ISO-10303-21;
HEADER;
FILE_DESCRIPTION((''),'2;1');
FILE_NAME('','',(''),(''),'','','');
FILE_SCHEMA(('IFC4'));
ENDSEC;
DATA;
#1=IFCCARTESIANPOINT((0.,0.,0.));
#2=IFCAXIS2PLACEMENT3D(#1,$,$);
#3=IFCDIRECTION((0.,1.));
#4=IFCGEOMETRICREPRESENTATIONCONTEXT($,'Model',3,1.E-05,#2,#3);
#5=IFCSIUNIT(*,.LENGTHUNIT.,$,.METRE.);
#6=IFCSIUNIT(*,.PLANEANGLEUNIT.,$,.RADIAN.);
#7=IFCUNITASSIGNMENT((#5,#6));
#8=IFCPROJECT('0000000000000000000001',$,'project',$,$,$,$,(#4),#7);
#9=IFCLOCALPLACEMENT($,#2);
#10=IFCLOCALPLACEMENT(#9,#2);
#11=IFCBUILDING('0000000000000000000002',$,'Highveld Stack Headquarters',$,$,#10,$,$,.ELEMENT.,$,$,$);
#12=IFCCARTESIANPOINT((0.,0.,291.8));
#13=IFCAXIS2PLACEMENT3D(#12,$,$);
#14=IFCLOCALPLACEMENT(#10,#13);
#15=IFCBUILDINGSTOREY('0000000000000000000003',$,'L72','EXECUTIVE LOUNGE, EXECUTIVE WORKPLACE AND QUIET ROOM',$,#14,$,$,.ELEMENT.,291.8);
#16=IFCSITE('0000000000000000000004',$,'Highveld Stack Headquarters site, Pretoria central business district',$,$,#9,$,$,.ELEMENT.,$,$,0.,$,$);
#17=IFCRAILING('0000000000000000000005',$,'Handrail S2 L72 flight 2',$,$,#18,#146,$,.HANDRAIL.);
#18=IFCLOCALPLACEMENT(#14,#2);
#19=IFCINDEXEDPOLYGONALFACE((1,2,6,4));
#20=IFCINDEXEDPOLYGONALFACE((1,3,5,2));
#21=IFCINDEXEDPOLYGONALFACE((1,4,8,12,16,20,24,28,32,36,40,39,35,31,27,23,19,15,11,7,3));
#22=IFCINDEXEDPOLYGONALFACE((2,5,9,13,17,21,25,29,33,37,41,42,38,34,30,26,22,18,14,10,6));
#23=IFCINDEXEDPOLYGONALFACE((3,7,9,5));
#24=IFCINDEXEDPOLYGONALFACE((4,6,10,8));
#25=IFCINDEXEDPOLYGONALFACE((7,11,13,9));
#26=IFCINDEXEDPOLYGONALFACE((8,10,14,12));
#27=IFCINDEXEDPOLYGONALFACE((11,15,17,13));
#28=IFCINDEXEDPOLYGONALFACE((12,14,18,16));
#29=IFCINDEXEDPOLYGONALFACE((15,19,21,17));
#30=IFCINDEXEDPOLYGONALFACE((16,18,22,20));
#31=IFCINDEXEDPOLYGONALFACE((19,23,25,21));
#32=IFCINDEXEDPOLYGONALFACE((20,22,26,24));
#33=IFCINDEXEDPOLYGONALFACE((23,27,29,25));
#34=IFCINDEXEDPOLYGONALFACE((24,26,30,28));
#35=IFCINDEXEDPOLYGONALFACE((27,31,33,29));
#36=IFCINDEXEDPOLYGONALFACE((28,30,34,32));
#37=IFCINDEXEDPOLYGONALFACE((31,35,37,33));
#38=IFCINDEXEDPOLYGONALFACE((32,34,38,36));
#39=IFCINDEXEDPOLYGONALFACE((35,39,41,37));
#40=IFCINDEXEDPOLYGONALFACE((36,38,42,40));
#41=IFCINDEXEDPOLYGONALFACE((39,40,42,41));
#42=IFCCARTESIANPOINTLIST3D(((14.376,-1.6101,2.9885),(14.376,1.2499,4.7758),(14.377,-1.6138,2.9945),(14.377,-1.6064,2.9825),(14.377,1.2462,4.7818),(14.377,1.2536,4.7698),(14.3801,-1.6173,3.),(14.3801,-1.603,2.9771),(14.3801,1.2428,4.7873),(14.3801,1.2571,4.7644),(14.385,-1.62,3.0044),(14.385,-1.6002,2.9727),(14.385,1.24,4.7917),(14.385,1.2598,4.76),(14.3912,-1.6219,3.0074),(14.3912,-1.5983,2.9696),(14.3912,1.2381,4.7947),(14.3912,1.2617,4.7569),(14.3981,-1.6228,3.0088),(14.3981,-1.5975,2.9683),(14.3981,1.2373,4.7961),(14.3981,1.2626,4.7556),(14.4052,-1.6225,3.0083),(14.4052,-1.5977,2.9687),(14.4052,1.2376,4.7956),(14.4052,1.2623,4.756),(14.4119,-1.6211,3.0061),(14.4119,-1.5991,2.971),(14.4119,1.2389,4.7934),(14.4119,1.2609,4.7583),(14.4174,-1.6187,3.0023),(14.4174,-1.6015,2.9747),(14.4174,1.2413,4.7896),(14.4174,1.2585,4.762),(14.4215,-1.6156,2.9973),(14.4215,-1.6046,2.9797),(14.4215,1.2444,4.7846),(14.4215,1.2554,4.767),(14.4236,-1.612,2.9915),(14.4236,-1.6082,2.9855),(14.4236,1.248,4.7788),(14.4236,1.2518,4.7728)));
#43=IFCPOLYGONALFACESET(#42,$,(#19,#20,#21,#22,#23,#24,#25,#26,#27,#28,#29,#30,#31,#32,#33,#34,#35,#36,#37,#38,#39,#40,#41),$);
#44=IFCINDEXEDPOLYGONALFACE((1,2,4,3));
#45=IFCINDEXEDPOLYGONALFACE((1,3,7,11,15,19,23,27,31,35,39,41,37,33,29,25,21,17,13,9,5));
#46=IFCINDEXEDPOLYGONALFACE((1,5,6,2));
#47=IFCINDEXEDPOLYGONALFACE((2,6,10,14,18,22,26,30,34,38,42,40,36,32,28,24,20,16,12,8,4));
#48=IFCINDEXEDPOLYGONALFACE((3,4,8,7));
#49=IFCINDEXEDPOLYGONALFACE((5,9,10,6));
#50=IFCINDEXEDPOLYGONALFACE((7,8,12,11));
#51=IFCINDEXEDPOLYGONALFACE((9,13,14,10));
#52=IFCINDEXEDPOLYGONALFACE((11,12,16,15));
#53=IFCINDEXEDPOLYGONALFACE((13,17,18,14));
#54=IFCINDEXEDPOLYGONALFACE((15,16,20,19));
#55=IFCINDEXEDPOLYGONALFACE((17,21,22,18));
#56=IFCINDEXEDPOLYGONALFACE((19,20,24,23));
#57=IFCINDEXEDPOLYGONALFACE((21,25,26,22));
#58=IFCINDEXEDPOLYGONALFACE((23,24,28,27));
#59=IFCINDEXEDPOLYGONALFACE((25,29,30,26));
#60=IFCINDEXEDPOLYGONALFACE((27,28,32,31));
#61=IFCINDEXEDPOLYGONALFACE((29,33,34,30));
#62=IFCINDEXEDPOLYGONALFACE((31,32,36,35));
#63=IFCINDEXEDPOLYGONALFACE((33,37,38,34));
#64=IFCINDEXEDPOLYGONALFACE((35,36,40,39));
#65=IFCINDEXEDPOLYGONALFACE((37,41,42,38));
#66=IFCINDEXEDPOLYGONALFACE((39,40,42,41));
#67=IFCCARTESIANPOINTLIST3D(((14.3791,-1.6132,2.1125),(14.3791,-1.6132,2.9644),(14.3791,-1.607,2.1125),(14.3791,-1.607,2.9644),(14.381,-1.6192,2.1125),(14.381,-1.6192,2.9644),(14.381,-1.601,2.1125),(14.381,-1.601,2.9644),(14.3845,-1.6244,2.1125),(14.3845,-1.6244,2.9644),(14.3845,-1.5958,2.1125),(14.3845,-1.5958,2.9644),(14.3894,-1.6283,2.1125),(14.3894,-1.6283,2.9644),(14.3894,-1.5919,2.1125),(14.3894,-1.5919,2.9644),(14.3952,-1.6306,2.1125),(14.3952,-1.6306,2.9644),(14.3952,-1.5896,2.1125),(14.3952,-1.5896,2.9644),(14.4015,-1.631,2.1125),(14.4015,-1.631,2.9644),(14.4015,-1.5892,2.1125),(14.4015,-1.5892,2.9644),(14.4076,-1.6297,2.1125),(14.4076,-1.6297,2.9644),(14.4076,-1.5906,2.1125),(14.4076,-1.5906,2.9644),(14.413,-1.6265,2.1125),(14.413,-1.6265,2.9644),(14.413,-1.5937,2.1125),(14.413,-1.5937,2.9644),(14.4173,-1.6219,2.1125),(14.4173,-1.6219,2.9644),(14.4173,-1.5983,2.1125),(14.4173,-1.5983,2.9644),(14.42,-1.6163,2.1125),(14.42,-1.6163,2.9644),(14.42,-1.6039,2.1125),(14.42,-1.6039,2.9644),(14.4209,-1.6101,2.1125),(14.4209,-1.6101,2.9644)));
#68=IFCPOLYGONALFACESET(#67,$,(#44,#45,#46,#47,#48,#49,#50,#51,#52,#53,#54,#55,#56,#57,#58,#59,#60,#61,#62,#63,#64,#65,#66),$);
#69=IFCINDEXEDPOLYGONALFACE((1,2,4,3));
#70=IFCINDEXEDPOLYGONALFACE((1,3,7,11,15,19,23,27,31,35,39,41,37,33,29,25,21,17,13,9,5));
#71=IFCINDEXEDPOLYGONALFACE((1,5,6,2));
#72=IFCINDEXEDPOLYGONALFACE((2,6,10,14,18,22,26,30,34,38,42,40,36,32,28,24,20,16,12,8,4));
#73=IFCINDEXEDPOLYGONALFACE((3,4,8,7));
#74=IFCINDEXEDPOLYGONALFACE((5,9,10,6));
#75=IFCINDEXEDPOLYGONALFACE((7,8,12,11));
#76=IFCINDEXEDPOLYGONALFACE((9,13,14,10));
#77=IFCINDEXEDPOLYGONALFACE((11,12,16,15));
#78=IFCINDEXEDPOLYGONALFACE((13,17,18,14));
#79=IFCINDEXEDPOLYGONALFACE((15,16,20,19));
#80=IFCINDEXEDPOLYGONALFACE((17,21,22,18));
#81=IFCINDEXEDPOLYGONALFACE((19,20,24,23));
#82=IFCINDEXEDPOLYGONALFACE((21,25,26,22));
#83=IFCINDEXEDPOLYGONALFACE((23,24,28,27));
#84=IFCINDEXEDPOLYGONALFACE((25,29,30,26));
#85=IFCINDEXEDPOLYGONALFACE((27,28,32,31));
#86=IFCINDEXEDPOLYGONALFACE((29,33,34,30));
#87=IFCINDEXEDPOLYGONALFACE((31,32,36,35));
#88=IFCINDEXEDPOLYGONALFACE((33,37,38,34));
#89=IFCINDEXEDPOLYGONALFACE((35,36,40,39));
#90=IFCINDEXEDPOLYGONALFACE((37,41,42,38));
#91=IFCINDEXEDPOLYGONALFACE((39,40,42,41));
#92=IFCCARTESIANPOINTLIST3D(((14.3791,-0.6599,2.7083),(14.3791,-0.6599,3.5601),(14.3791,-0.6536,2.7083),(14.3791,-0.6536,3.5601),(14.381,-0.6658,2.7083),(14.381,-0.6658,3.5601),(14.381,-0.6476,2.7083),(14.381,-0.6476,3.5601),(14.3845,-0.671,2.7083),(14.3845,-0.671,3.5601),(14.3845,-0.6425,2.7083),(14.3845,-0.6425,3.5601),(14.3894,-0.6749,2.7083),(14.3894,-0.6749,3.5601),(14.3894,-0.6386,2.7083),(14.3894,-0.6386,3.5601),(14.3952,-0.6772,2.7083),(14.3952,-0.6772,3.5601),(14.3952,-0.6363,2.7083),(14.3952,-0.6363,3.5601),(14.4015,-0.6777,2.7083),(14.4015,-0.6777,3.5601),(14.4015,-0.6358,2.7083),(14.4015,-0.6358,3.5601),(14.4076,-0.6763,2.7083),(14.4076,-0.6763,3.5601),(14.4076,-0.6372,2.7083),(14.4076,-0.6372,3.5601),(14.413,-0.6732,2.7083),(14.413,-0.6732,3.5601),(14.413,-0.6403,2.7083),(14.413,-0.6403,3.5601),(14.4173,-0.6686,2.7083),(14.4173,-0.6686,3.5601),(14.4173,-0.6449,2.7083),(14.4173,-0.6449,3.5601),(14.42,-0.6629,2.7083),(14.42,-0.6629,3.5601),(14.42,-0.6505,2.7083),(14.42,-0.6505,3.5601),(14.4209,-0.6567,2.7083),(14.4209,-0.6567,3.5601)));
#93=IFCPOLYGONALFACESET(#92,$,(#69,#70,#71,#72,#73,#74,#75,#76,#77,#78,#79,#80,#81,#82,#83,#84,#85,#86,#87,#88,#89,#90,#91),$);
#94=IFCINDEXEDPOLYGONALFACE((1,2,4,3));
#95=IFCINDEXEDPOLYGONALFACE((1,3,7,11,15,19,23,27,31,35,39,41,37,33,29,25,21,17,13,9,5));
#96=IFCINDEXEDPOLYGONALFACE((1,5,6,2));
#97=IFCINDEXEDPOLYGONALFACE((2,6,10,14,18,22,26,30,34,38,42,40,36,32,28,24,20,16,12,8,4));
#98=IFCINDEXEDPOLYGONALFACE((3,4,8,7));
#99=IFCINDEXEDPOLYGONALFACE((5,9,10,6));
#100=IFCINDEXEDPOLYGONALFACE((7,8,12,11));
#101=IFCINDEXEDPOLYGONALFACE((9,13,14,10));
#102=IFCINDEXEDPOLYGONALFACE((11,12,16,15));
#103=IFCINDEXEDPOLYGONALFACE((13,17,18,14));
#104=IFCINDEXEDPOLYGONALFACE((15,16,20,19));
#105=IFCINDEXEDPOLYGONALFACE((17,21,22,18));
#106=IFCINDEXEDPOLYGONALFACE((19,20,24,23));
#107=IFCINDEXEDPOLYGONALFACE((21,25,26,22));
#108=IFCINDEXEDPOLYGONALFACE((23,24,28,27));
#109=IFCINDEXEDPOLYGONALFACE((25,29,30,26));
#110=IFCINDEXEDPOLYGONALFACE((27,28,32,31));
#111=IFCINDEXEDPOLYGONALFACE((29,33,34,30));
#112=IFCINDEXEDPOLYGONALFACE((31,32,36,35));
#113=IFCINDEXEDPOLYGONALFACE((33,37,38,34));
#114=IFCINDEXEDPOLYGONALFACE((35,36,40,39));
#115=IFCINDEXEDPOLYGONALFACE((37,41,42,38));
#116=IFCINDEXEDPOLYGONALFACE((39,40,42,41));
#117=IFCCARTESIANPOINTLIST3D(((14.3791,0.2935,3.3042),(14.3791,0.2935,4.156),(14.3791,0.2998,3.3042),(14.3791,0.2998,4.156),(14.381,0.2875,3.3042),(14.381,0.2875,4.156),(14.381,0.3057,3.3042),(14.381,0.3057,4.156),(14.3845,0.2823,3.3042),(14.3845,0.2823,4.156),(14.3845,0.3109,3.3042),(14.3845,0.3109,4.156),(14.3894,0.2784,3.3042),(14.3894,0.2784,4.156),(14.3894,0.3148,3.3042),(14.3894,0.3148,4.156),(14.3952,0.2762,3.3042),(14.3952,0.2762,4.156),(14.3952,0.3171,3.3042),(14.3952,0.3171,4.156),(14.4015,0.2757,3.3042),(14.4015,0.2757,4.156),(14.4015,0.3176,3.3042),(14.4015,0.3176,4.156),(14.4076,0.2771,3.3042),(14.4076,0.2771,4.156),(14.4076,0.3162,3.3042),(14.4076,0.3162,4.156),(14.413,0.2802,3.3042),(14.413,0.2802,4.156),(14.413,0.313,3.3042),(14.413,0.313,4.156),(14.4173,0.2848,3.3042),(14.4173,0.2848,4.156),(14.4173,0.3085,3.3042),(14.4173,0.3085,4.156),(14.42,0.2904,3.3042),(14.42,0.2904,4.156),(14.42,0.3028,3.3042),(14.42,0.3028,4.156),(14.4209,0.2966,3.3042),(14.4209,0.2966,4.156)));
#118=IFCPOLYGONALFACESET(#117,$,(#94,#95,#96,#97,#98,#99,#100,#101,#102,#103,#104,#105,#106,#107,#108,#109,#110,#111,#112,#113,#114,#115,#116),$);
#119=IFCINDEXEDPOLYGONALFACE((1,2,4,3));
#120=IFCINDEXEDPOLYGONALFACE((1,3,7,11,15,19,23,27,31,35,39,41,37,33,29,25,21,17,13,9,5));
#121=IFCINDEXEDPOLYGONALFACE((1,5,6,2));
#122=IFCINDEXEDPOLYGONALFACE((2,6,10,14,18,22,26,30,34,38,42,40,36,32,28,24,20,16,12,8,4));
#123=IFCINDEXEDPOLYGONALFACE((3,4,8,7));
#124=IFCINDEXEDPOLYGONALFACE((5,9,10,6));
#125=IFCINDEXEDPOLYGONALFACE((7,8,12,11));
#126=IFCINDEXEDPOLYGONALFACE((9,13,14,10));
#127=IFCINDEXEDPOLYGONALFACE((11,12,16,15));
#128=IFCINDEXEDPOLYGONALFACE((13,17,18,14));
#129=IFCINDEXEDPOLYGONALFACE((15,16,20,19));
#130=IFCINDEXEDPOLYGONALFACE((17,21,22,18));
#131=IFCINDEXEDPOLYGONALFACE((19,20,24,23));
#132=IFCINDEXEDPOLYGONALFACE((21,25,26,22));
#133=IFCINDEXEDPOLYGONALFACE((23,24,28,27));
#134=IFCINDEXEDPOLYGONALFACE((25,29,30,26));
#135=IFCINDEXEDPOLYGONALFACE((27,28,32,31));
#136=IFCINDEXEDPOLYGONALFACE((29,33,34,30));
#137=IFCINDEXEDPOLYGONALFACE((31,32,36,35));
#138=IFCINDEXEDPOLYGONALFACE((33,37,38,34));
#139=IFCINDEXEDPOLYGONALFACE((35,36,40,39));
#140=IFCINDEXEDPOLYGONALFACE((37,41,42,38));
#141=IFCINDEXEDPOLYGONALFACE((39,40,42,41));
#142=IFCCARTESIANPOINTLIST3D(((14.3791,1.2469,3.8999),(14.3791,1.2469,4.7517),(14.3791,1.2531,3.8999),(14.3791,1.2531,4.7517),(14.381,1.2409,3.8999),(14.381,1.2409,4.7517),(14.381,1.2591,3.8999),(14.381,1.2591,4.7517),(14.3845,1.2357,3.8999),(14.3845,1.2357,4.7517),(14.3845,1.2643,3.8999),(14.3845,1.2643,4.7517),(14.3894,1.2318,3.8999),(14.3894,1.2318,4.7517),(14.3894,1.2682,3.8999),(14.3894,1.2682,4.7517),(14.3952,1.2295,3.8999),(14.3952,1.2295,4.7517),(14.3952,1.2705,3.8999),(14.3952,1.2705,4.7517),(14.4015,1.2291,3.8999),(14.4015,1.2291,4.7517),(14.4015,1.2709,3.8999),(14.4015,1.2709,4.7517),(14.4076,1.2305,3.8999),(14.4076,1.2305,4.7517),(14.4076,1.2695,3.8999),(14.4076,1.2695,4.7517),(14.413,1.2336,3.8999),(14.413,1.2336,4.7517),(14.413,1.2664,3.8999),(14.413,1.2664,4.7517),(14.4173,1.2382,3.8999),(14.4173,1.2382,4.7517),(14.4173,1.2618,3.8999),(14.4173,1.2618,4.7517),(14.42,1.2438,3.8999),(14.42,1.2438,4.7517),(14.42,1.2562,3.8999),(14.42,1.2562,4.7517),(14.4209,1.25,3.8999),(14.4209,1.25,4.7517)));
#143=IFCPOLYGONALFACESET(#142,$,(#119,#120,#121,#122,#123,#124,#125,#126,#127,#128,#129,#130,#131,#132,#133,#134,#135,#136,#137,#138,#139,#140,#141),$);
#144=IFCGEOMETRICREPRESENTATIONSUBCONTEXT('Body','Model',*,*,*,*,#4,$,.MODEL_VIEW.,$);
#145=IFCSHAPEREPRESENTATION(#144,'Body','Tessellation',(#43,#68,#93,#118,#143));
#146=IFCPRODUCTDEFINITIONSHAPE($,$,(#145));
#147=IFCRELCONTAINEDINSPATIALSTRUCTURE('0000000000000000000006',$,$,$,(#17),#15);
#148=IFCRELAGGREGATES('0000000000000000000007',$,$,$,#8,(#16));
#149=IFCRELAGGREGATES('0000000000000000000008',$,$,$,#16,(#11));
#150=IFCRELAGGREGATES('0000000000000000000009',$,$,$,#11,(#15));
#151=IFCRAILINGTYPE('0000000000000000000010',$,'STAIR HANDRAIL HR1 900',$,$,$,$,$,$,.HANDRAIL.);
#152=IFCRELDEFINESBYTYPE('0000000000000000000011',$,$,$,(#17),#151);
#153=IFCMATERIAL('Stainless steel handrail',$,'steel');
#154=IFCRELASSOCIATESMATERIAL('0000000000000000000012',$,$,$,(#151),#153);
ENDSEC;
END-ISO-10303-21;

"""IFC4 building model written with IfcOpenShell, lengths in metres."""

from ifc_helpers import new_model, si_unit, direction, frame, origin, origin_2d, place, context, subcontext, project, spatial, circle, extrude, material, type_object, element, save


model = new_model("IFC4")

# Units and contexts
model_context = context("Model", 3, precision=1e-05, world=origin(), true_north=direction((0.0, 1.0)))
body_context = subcontext(model_context, "Body", "Model", "MODEL_VIEW")
ifc_project = project(units=[si_unit("LENGTHUNIT", "METRE"), si_unit("PLANEANGLEUNIT", "RADIAN")], contexts=[model_context])

# Site, building, storey
site_placement = place(None, origin())
site = spatial("IfcSite", under=ifc_project, at=site_placement, Name="Highveld Stack Headquarters site, Pretoria central business district", CompositionType="ELEMENT", RefElevation=0.0)
building_placement = place(site_placement, origin())
building = spatial("IfcBuilding", under=site, at=building_placement, Name="Highveld Stack Headquarters", CompositionType="ELEMENT")
storey_placement = place(building_placement, frame((0.0, 0.0, 291.8)))
storey = spatial("IfcBuildingStorey", under=building, at=storey_placement, Name="L72", Description="EXECUTIVE LOUNGE, EXECUTIVE WORKPLACE AND QUIET ROOM", CompositionType="ELEMENT", Elevation=291.8)

# Railing
ifc_material_1 = material(Name="Stainless steel handrail", Category="steel")
railing_type = type_object("IfcRailingType", Name="STAIR HANDRAIL HR1 900", PredefinedType="HANDRAIL", material=ifc_material_1)
railing_placement = place(storey_placement, frame((14.3999, -1.6101, 2.1125)))
element("IfcRailing", 1, at=railing_placement, inside=storey, type_object=railing_type, Name="Handrail S2 L72 flight 2", PredefinedType="HANDRAIL", context=body_context, shape_type="SweptSolid", body=[
    extrude(circle(Radius=0.0239, at=origin_2d()), frame((0.0, 0.0, 0.876), z_axis=(0.0, 0.848027, 0.529953), x_axis=(-1.0, 0.0, 0.0)), (0.0, 0.0, 1.0), 3.3726),
    extrude(circle(Radius=0.021, at=origin_2d()), origin(), (0.0, 0.0, 1.0), 0.8518),
    extrude(circle(Radius=0.021, at=origin_2d()), frame((0.0, 0.9534, 0.5957)), (0.0, 0.0, 1.0), 0.8518),
    extrude(circle(Radius=0.021, at=origin_2d()), frame((0.0, 1.9067, 1.1917)), (0.0, 0.0, 1.0), 0.8518),
    extrude(circle(Radius=0.021, at=origin_2d()), frame((0.0, 2.8601, 1.7874)), (0.0, 0.0, 1.0), 0.8518),
])

save(model, "model.ifc")
